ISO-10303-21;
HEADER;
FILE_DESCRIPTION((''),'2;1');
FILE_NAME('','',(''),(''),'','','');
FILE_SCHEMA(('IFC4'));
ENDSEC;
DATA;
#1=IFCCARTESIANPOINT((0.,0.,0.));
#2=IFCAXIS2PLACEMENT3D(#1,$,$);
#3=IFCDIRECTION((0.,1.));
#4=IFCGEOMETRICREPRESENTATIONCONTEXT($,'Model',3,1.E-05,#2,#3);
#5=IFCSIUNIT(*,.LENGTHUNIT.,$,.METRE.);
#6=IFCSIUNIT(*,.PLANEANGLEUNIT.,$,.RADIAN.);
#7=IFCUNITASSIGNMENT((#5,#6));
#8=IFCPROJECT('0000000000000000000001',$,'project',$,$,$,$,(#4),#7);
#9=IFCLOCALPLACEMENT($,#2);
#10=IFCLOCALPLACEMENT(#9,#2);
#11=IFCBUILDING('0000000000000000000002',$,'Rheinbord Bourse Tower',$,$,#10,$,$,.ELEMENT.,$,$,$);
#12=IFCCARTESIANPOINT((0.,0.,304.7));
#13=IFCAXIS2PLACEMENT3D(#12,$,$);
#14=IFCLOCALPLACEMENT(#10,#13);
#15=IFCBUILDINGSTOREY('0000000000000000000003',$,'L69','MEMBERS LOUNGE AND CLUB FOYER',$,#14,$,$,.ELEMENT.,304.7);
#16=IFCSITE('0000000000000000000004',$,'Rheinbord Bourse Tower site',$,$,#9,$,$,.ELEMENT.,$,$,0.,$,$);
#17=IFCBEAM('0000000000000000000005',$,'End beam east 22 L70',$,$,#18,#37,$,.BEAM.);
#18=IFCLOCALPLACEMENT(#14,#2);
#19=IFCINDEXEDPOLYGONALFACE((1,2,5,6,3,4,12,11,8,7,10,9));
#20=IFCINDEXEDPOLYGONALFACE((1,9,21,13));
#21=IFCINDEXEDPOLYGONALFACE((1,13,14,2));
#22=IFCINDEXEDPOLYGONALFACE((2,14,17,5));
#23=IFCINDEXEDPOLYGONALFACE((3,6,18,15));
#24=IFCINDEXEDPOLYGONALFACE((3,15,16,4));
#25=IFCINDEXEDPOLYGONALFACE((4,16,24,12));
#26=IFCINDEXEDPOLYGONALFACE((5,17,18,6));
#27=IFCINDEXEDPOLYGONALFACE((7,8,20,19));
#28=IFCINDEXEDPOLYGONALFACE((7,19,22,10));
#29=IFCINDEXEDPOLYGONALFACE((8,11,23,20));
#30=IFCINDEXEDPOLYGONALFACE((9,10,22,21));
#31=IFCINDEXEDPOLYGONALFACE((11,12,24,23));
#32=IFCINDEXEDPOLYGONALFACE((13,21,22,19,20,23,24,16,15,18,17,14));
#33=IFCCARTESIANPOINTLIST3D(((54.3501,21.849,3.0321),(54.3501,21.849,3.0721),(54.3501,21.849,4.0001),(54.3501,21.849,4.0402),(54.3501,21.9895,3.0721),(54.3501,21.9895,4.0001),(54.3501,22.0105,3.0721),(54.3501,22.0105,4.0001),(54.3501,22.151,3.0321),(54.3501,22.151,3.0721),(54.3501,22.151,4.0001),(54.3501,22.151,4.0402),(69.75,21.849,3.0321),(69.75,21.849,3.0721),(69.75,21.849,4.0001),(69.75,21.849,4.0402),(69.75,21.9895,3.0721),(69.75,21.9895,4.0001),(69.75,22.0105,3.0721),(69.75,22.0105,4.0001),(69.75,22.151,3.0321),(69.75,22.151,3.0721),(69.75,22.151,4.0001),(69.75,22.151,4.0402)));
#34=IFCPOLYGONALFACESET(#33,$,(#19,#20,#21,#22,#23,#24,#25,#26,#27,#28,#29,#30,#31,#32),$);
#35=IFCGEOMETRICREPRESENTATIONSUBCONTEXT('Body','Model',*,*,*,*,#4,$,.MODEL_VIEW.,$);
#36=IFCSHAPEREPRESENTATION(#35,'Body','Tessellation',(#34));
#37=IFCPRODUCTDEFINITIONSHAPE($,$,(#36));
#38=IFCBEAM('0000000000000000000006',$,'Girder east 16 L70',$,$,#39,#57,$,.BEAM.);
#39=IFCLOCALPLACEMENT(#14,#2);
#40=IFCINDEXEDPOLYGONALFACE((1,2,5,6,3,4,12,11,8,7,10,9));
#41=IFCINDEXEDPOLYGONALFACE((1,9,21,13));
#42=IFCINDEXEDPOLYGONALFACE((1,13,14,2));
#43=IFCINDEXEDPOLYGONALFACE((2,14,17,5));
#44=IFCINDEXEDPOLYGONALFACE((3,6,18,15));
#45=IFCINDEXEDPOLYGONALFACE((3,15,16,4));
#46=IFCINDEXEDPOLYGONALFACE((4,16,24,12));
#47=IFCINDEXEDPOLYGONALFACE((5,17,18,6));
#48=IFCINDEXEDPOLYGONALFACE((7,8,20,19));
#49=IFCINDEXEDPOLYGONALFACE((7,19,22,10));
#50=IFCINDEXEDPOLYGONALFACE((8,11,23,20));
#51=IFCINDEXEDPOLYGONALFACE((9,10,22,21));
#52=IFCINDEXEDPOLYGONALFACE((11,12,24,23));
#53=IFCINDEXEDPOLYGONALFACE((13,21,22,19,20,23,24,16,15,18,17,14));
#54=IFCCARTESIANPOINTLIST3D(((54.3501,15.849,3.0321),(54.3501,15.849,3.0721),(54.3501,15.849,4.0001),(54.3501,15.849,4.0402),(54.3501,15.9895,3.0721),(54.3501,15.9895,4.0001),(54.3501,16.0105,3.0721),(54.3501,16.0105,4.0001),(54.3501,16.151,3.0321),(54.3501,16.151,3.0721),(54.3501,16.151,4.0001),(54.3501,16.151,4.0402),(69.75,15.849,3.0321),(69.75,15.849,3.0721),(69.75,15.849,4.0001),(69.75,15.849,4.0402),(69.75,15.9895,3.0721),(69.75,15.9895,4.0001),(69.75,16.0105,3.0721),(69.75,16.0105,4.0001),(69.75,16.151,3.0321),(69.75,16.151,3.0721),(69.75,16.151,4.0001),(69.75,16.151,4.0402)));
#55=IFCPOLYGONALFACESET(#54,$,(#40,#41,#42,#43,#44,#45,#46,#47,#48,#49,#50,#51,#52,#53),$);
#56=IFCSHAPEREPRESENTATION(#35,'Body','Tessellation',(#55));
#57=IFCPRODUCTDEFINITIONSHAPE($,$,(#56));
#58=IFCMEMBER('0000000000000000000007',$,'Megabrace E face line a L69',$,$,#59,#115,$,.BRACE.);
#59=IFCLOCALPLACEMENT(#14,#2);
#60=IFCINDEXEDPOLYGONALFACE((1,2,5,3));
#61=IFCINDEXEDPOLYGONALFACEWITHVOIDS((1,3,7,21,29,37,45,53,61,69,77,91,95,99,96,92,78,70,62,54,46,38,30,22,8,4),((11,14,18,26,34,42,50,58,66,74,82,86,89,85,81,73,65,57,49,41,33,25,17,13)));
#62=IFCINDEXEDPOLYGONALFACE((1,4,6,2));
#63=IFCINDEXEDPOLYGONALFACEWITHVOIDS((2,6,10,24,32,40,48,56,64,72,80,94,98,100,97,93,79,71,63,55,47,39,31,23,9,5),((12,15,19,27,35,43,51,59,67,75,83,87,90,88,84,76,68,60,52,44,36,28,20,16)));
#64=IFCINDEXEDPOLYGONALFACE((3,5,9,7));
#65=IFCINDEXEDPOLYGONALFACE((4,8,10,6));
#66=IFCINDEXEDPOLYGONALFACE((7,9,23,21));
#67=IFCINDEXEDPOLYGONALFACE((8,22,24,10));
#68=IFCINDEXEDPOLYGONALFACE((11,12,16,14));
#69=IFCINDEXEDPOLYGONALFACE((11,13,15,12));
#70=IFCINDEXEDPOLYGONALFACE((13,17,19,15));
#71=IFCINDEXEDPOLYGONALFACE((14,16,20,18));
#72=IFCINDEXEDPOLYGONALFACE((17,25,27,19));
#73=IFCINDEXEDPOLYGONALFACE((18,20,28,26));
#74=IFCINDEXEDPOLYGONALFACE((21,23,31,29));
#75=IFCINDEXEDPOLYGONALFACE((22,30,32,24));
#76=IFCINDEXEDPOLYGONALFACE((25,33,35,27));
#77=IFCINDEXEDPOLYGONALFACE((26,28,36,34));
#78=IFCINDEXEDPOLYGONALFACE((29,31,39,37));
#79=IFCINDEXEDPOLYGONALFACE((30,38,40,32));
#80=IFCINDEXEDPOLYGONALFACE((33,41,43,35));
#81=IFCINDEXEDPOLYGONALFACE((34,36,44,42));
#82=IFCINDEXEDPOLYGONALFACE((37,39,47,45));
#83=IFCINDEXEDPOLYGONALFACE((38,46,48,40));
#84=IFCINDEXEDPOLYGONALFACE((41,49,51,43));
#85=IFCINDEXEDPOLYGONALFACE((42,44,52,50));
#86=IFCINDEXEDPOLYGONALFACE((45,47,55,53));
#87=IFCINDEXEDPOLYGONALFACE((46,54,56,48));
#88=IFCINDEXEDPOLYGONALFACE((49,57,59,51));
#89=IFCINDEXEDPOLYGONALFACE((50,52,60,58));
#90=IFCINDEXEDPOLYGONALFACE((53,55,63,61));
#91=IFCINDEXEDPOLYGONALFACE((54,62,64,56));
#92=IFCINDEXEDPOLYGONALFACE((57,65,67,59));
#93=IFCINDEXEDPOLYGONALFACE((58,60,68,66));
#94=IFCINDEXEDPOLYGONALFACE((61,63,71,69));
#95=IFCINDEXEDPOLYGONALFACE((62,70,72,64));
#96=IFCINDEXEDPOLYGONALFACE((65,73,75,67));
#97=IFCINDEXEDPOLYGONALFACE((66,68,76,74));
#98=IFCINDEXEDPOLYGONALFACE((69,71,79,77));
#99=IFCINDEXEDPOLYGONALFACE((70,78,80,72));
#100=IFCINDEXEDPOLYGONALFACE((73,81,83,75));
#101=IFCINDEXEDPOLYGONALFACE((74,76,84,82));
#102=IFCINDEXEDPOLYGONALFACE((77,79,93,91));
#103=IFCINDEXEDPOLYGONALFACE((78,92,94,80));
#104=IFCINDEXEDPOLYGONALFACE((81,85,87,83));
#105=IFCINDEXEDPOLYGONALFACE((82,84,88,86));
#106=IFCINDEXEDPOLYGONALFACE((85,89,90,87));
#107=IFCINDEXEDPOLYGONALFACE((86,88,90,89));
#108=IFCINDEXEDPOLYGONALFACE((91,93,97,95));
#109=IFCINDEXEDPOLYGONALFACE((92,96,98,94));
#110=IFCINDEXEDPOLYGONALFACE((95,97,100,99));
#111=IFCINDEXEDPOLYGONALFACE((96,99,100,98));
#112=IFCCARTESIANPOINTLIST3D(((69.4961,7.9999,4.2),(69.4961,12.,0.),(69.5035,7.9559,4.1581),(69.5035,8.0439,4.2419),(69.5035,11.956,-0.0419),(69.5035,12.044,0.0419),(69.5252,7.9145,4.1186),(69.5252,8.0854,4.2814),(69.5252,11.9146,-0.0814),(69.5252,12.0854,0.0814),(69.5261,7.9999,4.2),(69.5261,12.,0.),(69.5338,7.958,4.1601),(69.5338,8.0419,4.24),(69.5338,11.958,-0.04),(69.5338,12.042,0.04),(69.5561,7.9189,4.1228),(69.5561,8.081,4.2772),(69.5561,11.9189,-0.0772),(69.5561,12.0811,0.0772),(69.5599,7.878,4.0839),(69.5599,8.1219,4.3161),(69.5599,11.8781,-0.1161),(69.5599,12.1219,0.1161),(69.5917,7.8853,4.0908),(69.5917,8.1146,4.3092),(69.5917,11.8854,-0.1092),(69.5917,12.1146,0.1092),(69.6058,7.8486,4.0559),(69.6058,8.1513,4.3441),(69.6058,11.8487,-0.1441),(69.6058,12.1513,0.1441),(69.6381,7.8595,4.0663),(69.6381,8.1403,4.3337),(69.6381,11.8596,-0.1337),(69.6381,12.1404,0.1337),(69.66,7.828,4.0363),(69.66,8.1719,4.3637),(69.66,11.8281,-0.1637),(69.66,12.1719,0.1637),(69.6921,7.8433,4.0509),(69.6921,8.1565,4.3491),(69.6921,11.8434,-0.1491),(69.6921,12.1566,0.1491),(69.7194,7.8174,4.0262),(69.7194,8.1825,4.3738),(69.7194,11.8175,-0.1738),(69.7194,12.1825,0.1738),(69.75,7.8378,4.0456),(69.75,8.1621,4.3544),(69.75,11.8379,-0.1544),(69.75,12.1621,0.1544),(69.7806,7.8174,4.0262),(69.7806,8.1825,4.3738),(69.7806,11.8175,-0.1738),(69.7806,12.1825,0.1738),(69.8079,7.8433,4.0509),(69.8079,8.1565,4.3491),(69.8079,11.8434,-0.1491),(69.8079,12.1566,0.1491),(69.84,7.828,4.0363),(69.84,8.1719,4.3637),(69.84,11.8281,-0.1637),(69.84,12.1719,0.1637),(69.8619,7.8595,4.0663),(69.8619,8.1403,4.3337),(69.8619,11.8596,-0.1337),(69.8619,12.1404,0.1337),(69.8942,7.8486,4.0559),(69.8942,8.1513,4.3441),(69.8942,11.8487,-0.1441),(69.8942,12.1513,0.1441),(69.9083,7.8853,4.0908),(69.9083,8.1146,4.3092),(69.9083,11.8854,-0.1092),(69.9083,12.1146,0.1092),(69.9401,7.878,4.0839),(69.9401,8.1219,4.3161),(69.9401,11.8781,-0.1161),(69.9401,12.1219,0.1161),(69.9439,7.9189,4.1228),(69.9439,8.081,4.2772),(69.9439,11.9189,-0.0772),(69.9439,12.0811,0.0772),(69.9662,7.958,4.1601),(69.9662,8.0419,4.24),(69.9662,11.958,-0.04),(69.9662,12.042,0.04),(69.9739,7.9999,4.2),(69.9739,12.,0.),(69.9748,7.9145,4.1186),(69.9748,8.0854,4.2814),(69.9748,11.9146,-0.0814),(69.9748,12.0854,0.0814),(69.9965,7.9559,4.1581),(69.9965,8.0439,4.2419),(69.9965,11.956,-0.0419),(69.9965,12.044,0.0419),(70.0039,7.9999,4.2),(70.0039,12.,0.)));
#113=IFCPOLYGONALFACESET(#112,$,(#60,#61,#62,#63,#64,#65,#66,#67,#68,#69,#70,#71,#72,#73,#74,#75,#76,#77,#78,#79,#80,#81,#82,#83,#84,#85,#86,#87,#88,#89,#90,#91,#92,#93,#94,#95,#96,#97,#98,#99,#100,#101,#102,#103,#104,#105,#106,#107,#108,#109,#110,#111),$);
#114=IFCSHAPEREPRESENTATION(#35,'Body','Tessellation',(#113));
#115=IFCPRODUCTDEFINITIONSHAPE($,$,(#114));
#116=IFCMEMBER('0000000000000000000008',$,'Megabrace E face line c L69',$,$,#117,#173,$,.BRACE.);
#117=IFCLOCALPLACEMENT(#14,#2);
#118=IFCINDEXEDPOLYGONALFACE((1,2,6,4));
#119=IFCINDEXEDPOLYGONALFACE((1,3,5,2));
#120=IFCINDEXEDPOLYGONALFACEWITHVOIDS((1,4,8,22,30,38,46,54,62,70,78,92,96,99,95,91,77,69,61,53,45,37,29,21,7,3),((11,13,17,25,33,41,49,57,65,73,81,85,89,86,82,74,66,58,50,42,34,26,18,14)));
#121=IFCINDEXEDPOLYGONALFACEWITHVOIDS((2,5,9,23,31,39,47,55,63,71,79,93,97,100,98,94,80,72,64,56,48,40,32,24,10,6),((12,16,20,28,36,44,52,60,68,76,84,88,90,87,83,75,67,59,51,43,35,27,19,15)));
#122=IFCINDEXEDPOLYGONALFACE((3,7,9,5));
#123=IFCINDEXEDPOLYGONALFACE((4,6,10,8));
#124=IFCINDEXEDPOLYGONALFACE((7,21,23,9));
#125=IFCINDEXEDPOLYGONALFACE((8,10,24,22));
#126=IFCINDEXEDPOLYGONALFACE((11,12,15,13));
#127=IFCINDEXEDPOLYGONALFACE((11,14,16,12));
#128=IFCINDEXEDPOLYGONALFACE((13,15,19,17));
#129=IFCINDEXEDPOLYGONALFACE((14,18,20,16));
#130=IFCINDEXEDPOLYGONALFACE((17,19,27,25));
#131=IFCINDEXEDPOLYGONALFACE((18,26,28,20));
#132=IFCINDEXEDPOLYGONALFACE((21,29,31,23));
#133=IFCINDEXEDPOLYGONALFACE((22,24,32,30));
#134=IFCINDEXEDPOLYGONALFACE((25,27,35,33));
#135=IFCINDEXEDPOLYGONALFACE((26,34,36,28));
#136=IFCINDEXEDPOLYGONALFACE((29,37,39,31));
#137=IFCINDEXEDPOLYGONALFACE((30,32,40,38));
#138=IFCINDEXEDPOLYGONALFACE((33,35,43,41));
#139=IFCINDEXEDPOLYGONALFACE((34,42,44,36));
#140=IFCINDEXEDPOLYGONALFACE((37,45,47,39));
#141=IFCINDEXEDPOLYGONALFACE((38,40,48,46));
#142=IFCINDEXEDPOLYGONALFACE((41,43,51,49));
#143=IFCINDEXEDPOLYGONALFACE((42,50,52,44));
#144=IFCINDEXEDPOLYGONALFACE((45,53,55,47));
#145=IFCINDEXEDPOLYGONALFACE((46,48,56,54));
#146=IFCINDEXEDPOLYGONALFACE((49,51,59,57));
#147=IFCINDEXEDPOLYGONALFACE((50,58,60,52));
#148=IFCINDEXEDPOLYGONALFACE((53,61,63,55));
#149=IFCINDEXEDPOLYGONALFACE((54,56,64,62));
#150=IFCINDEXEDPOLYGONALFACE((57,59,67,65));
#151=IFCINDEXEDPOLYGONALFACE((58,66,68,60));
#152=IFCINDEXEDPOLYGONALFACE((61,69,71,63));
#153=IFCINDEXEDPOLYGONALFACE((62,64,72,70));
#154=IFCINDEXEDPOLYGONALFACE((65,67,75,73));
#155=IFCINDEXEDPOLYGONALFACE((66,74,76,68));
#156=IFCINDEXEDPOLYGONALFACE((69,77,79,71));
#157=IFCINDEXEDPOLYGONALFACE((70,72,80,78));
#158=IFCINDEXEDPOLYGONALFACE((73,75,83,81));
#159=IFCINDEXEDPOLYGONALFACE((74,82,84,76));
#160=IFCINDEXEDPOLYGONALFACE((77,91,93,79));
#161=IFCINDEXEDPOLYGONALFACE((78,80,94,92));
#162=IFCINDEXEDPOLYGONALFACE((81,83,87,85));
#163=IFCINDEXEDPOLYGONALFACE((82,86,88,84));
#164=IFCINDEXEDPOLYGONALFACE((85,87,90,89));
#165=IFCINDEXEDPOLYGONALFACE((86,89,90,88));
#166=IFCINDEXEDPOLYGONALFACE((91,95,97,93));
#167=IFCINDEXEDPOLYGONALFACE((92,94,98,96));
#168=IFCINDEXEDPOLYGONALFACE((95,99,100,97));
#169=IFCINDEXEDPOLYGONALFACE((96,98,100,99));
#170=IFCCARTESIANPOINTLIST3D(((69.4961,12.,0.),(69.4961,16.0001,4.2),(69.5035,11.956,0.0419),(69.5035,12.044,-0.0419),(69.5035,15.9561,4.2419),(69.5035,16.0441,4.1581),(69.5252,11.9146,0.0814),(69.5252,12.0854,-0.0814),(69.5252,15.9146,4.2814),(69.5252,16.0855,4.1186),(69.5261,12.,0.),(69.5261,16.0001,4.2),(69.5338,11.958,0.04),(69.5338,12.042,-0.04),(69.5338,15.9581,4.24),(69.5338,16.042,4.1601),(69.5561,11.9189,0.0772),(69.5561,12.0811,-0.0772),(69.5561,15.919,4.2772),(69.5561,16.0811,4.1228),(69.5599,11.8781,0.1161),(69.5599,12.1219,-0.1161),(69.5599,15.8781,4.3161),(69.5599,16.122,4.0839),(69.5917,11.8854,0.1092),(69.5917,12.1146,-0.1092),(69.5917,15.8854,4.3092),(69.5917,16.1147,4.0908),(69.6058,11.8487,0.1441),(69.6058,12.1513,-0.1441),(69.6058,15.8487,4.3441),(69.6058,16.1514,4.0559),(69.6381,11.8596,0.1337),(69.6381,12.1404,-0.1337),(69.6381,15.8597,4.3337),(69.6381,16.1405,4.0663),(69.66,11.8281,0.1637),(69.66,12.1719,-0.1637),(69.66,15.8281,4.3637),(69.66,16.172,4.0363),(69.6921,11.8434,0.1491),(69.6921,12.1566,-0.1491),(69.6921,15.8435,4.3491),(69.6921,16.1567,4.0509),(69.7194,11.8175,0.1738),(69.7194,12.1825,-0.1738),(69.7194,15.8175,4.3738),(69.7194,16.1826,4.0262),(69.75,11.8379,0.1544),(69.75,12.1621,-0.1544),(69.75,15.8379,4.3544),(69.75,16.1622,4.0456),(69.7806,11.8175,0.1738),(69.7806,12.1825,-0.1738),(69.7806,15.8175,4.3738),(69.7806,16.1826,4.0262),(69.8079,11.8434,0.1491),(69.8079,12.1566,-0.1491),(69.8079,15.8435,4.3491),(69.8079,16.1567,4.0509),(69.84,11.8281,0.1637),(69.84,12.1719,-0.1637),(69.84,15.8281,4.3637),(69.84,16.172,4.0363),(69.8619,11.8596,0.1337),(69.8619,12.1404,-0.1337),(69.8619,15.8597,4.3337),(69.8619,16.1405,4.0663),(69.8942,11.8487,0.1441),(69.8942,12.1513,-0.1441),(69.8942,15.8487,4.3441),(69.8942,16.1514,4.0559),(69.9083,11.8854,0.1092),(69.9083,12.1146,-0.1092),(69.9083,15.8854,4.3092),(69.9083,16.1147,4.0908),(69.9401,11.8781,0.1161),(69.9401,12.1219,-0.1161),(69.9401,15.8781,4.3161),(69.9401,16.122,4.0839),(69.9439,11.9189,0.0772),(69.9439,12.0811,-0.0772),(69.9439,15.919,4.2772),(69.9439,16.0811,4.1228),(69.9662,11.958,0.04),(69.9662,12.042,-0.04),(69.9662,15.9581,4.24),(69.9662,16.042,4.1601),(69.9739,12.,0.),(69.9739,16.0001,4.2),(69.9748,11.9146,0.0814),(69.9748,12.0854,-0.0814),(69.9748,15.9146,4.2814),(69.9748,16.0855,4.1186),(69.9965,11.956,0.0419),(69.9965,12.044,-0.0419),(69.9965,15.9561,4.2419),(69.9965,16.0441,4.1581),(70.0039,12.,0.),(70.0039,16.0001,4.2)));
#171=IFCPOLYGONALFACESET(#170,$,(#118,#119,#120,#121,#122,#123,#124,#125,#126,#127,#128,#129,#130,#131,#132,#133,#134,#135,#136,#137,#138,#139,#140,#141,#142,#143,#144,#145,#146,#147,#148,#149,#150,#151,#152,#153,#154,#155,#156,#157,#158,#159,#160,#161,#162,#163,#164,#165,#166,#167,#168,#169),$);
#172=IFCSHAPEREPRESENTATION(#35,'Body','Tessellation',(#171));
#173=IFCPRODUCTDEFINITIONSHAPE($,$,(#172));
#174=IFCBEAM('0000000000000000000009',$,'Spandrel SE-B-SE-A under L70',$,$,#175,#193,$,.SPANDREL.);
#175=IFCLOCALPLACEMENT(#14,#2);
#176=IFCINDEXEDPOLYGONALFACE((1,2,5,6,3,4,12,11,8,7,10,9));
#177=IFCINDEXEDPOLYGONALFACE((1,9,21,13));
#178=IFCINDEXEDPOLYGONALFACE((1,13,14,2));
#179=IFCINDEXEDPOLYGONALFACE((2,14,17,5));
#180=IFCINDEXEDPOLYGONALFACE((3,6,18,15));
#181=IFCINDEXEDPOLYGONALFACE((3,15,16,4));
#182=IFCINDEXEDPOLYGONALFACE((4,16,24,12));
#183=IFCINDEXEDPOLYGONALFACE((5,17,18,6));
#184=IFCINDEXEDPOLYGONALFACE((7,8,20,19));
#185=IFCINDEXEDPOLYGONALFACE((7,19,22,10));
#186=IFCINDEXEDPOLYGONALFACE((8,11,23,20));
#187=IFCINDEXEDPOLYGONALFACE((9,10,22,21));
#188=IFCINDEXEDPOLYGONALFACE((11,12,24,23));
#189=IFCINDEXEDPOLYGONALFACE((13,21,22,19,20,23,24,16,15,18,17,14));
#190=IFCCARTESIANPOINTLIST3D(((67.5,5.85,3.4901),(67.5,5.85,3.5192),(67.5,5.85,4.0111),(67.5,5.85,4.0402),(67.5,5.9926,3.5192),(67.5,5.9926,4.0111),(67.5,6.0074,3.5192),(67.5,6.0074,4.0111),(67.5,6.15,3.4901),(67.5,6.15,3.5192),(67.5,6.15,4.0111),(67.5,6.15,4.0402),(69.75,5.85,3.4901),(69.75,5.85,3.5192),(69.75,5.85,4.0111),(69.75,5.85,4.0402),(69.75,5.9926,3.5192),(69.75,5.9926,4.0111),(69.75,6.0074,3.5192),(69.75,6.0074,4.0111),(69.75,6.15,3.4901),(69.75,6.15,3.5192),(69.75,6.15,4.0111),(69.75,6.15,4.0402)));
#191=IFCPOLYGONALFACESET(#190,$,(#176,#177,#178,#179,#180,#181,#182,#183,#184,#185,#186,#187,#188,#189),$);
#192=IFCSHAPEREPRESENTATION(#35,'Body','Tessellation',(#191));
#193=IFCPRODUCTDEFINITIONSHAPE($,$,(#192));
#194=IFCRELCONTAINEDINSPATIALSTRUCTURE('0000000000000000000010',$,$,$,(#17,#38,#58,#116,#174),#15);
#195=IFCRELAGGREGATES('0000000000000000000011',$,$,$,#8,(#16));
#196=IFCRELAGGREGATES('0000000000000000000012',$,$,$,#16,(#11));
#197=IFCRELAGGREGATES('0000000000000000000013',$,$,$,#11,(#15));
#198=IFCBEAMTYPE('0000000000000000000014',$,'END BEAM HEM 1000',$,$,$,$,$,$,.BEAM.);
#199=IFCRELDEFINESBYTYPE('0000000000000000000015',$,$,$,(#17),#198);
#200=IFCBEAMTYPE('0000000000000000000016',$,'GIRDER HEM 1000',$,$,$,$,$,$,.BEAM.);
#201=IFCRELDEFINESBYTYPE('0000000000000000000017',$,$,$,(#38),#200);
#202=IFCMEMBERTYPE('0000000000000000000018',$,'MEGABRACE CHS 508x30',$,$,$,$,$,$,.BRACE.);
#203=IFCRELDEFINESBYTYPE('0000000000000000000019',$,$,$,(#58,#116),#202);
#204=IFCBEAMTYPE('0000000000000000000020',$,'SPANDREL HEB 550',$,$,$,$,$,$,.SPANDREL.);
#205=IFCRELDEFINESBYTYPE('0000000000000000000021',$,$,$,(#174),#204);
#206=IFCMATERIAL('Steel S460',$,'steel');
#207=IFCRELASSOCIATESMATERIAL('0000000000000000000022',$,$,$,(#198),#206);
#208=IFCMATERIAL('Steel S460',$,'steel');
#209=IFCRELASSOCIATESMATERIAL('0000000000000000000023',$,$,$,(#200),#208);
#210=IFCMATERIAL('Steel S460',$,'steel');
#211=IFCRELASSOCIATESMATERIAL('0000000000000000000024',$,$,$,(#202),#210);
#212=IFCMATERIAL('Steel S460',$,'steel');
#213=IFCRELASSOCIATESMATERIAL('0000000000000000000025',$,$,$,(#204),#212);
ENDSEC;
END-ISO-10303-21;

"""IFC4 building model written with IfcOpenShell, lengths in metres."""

from ifc_helpers import new_model, si_unit, direction, frame, origin, origin_2d, place, context, subcontext, project, spatial, hollow_circle, i_section, extrude, material, material_profile, profile_set, type_object, element, save


model = new_model("IFC4")

# Units and contexts
model_context = context("Model", 3, precision=1e-05, world=origin(), true_north=direction((0.0, 1.0)))
body_context = subcontext(model_context, "Body", "Model", "MODEL_VIEW")
ifc_project = project(units=[si_unit("LENGTHUNIT", "METRE"), si_unit("PLANEANGLEUNIT", "RADIAN")], contexts=[model_context])

# Site, building, storey
site_placement = place(None, origin())
site = spatial("IfcSite", under=ifc_project, at=site_placement, Name="Rheinbord Bourse Tower site", CompositionType="ELEMENT", RefElevation=0.0)
building_placement = place(site_placement, origin())
building = spatial("IfcBuilding", under=site, at=building_placement, Name="Rheinbord Bourse Tower", CompositionType="ELEMENT")
storey_placement = place(building_placement, frame((0.0, 0.0, 304.7)))
storey = spatial("IfcBuildingStorey", under=building, at=storey_placement, Name="L69", Description="MEMBERS LOUNGE AND CLUB FOYER", CompositionType="ELEMENT", Elevation=304.7)

# Beams
ifc_material_1 = material(Name="Steel S460", Category="steel")
ifc_material_profile_1 = material_profile(ifc_material_1, i_section(OverallWidth=0.302, OverallDepth=1.0081, WebThickness=0.021, FlangeThickness=0.04, at=origin_2d()), Name="HEM 1000")
ifc_profile_set_1 = profile_set([ifc_material_profile_1], Name="Steel S460")
beam_type_1 = type_object("IfcBeamType", Name="END BEAM HEM 1000", PredefinedType="BEAM", material=ifc_profile_set_1)
for number, where, z_axis, x_axis, name in (
    (1, (54.3501, 22.0, 3.5361), (1.0, 0.0, 0.0), (0.0, 1.0, 0.0), "End beam east 22 L70"),
):
    element("IfcBeam", number, at=place(storey_placement, frame(where, z_axis=z_axis, x_axis=x_axis)), inside=storey, type_object=beam_type_1, Name=name, PredefinedType="BEAM", context=body_context, shape_type="SweptSolid", body=[
        extrude(i_section(OverallWidth=0.302, OverallDepth=1.0081, WebThickness=0.021, FlangeThickness=0.04, at=origin_2d()), origin(), (0.0, 0.0, 1.0), 15.3999),
    ])
ifc_material_2 = material(Name="Steel S460", Category="steel")
ifc_material_profile_2 = material_profile(ifc_material_2, i_section(OverallWidth=0.302, OverallDepth=1.0081, WebThickness=0.021, FlangeThickness=0.04, at=origin_2d()), Name="HEM 1000")
ifc_profile_set_2 = profile_set([ifc_material_profile_2], Name="Steel S460")
beam_type_2 = type_object("IfcBeamType", Name="GIRDER HEM 1000", PredefinedType="BEAM", material=ifc_profile_set_2)
beam_1_placement = place(storey_placement, frame((54.3501, 16.0, 3.5361), z_axis=(1.0, 0.0, 0.0), x_axis=(0.0, 1.0, 0.0)))
element("IfcBeam", 2, at=beam_1_placement, inside=storey, type_object=beam_type_2, Name="Girder east 16 L70", PredefinedType="BEAM", context=body_context, shape_type="SweptSolid", body=[
    extrude(i_section(OverallWidth=0.302, OverallDepth=1.0081, WebThickness=0.021, FlangeThickness=0.04, at=origin_2d()), origin(), (0.0, 0.0, 1.0), 15.3999),
])

# Members
ifc_material_3 = material(Name="Steel S460", Category="steel")
ifc_material_profile_3 = material_profile(ifc_material_3, hollow_circle(Radius=0.2539, WallThickness=0.03, at=origin_2d()), Name="CHS 508x30")
ifc_profile_set_3 = profile_set([ifc_material_profile_3], Name="Steel S460")
member_type_1 = type_object("IfcMemberType", Name="MEGABRACE CHS 508x30", PredefinedType="BRACE", material=ifc_profile_set_3)
for number, where, z_axis, x_axis, name in (
    (3, (69.75, 12.0, 0.0), (0.0, -0.689659, 0.724134), (1.0, 0.0, 0.0), "Megabrace E face line a L69"),
    (4, (69.75, 12.0, 0.0), (0.0, 0.689659, 0.724134), (-1.0, 0.0, 0.0), "Megabrace E face line c L69"),
):
    element("IfcMember", number, at=place(storey_placement, frame(where, z_axis=z_axis, x_axis=x_axis)), inside=storey, type_object=member_type_1, Name=name, PredefinedType="BRACE", context=body_context, shape_type="SweptSolid", body=[
        extrude(hollow_circle(Radius=0.2539, WallThickness=0.03, at=origin_2d()), origin(), (0.0, 0.0, 1.0), 5.8),
    ])

# Beam
ifc_material_4 = material(Name="Steel S460", Category="steel")
ifc_material_profile_4 = material_profile(ifc_material_4, i_section(OverallWidth=0.3, OverallDepth=0.55, WebThickness=0.0149, FlangeThickness=0.0291, at=origin_2d()), Name="HEB 550")
ifc_profile_set_4 = profile_set([ifc_material_profile_4], Name="Steel S460")
beam_type_3 = type_object("IfcBeamType", Name="SPANDREL HEB 550", PredefinedType="SPANDREL", material=ifc_profile_set_4)
beam_2_placement = place(storey_placement, frame((67.5, 6.0, 3.7651), z_axis=(1.0, 0.0, 0.0), x_axis=(0.0, 1.0, 0.0)))
element("IfcBeam", 5, at=beam_2_placement, inside=storey, type_object=beam_type_3, Name="Spandrel SE-B-SE-A under L70", PredefinedType="SPANDREL", context=body_context, shape_type="SweptSolid", body=[
    extrude(i_section(OverallWidth=0.3, OverallDepth=0.55, WebThickness=0.0149, FlangeThickness=0.0291, at=origin_2d()), origin(), (0.0, 0.0, 1.0), 2.25),
])

save(model, "model.ifc")
